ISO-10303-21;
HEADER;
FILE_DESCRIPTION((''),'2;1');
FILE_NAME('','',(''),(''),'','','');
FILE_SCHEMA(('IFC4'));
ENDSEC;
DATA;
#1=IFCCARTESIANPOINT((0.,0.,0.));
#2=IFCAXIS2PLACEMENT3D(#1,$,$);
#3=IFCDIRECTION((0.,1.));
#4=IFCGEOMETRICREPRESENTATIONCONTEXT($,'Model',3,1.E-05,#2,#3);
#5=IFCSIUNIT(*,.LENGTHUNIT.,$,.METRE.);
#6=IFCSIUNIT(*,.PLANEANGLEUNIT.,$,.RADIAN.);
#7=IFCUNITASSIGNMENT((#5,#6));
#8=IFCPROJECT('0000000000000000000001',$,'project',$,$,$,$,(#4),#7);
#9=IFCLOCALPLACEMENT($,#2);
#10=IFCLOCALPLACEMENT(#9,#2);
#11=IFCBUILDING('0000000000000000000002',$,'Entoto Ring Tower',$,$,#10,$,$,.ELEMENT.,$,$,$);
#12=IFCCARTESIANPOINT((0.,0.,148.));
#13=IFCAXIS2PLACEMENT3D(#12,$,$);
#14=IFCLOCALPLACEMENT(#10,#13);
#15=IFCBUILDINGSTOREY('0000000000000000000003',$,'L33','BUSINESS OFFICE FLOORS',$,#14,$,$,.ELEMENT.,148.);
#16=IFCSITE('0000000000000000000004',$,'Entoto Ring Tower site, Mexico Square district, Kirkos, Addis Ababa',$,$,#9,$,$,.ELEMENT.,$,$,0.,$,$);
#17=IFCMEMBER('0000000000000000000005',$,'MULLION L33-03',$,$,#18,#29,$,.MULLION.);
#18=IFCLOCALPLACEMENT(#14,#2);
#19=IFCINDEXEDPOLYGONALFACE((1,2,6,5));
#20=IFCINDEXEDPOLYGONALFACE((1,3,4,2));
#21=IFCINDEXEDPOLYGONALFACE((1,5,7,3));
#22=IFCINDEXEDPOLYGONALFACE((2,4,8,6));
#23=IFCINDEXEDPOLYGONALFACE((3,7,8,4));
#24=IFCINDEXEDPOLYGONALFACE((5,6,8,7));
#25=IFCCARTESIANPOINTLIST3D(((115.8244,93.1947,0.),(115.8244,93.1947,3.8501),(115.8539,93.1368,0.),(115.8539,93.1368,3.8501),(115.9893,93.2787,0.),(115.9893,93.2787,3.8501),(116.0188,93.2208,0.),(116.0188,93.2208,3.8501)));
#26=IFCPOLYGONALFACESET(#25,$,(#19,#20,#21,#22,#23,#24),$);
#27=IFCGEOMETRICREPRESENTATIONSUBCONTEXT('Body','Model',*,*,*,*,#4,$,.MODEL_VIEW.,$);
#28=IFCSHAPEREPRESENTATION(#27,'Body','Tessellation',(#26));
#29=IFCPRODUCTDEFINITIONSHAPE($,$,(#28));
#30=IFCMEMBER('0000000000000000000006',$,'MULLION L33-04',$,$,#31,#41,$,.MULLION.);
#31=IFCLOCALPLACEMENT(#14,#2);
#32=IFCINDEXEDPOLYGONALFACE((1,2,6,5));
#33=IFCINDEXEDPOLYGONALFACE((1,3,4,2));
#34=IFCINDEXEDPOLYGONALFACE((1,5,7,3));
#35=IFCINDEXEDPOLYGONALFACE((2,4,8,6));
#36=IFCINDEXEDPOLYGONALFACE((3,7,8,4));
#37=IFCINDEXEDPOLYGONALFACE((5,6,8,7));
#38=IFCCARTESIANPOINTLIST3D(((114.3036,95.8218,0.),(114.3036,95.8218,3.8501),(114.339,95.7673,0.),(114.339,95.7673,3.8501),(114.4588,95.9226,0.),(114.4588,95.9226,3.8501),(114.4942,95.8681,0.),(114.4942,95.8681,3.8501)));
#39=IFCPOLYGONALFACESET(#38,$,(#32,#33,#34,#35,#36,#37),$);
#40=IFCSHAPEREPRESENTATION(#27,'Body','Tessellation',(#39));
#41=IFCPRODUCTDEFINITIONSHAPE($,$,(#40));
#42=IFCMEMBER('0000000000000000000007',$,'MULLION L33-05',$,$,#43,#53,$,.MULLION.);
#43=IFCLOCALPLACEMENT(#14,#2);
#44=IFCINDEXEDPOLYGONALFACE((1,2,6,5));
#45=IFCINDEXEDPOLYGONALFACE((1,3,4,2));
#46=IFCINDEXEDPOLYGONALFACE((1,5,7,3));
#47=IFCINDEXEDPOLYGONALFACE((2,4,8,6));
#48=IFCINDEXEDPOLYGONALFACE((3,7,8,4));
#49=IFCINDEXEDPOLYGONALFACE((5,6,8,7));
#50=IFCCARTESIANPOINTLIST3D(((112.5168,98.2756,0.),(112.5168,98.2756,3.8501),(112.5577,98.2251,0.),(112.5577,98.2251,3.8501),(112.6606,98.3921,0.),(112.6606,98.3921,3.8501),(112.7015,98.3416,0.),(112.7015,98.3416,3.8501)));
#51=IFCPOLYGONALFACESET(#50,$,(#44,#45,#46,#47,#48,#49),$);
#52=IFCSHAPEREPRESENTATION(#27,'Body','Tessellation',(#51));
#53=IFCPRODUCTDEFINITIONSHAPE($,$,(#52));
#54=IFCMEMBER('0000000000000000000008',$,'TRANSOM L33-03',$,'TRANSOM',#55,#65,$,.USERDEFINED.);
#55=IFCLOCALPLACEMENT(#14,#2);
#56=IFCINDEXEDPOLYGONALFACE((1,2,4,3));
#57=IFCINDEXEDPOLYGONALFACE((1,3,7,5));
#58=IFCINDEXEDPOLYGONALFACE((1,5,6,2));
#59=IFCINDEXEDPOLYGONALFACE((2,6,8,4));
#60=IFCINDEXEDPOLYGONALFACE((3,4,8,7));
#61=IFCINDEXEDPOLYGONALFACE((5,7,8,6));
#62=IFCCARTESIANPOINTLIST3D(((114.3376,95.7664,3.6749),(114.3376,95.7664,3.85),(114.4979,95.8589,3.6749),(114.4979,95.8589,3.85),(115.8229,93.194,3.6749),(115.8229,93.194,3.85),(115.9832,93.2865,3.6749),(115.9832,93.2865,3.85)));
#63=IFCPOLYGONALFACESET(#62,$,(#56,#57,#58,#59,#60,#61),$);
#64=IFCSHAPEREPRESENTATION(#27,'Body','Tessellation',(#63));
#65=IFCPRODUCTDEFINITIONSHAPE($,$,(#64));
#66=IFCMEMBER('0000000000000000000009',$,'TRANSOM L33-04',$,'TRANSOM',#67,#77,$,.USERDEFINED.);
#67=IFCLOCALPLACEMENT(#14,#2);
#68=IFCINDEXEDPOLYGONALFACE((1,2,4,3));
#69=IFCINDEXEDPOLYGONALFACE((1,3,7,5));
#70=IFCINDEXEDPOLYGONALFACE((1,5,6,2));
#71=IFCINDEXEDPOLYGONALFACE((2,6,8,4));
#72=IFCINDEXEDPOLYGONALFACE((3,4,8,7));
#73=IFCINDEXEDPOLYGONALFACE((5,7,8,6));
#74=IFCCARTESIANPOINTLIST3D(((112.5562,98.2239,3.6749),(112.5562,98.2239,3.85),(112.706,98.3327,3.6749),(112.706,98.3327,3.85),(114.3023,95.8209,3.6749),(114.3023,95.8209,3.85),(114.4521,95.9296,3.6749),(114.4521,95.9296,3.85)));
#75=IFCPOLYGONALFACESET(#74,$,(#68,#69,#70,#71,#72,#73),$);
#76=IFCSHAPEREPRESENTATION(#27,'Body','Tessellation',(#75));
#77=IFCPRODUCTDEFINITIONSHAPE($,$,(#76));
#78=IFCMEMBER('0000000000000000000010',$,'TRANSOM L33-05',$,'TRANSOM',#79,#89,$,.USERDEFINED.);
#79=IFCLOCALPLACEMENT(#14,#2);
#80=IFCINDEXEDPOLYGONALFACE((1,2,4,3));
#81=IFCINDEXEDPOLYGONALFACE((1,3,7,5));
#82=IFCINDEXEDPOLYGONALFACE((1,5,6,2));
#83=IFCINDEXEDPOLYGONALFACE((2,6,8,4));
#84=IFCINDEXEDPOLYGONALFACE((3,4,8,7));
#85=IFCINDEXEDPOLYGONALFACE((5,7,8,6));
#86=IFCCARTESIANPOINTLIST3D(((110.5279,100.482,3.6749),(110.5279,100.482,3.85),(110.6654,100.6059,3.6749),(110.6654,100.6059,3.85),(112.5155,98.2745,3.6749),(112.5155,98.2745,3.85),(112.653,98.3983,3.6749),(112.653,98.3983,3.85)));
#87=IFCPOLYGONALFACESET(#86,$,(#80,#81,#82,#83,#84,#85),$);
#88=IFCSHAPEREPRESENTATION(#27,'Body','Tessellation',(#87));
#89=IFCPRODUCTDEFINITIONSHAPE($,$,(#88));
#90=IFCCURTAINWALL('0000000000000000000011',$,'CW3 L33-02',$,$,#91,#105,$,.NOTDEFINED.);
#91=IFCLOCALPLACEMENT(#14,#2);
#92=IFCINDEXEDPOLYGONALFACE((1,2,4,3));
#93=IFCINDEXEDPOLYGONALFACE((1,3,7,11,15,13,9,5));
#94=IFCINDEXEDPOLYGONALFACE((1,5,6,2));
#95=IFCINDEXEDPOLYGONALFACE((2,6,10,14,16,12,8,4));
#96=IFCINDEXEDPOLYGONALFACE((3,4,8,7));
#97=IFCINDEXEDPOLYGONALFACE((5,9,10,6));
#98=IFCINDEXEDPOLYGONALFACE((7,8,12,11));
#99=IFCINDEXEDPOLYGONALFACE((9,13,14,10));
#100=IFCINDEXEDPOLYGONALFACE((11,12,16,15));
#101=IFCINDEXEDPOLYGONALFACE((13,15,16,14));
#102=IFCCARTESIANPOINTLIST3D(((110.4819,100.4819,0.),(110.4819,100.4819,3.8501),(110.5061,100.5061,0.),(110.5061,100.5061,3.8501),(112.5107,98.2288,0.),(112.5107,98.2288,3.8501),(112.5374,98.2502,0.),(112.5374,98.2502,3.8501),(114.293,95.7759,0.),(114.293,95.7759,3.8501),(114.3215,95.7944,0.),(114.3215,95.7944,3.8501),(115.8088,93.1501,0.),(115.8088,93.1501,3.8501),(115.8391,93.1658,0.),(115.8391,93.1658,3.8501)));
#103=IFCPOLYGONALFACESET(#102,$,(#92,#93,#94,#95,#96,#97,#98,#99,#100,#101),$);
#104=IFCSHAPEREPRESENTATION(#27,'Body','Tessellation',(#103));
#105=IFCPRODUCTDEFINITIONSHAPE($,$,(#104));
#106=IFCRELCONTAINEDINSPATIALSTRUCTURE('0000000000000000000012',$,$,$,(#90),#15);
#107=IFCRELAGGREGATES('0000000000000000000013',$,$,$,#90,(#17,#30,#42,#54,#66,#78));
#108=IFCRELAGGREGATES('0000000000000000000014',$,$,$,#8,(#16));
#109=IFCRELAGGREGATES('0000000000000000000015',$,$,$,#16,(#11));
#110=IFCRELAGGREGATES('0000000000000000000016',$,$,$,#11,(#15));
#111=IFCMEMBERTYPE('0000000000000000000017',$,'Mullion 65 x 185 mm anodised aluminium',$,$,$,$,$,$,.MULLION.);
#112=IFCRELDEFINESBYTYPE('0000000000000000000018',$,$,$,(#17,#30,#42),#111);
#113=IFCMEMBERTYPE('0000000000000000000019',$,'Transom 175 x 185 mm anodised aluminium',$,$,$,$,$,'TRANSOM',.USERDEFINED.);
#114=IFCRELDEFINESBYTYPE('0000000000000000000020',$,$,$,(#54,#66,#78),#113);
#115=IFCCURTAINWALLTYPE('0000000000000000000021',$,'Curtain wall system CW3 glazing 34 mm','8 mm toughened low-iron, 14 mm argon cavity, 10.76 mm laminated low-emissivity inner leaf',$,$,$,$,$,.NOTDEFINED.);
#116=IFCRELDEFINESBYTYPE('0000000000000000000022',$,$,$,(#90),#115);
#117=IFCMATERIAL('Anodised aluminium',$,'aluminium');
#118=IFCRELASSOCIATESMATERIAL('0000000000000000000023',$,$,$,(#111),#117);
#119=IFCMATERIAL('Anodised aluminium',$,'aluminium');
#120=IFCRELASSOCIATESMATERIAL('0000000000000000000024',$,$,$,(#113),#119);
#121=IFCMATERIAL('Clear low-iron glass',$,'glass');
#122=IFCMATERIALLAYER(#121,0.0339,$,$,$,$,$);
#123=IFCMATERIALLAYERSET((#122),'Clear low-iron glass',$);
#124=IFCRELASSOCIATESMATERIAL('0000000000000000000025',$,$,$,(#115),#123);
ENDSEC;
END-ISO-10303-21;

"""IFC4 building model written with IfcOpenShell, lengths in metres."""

from ifc_helpers import new_model, si_unit, direction, frame, origin, origin_2d, place, context, subcontext, project, spatial, polyline, rectangle, outline, extrude, material, layer, layer_set, material_profile, profile_set, type_object, element, aggregate, save


model = new_model("IFC4")

# Units and contexts
model_context = context("Model", 3, precision=1e-05, world=origin(), true_north=direction((0.0, 1.0)))
body_context = subcontext(model_context, "Body", "Model", "MODEL_VIEW")
ifc_project = project(units=[si_unit("LENGTHUNIT", "METRE"), si_unit("PLANEANGLEUNIT", "RADIAN")], contexts=[model_context])

# Members
ifc_material_1 = material(Name="Anodised aluminium", Category="aluminium")
ifc_material_profile_1 = material_profile(ifc_material_1, rectangle(XDim=0.0649, YDim=0.1851, at=origin_2d()), Name="Mullion 65 x 185 mm anodised aluminium")
ifc_profile_set_1 = profile_set([ifc_material_profile_1], Name="Anodised aluminium")
member_type_1 = type_object("IfcMemberType", Name="Mullion 65 x 185 mm anodised aluminium", PredefinedType="MULLION", material=ifc_profile_set_1)
site_placement = place(None, origin())
building_placement = place(site_placement, origin())
storey_placement = place(building_placement, frame((0.0, 0.0, 148.0)))
member_1_placement = place(storey_placement, frame((115.9216, 93.2078, 0.0), z_axis=(0.0, 0.0, 1.0), x_axis=(-0.45399, 0.891007, 0.0)))
member_1 = element("IfcMember", 1, at=member_1_placement, type_object=member_type_1, Name="MULLION L33-03", PredefinedType="MULLION", context=body_context, shape_type="SweptSolid", body=[
    extrude(rectangle(XDim=0.0649, YDim=0.1851, at=origin_2d()), origin(), (0.0, 0.0, 1.0), 3.8501),
])
member_2_placement = place(storey_placement, frame((114.3989, 95.845, 0.0), z_axis=(0.0, 0.0, 1.0), x_axis=(-0.544639, 0.838671, 0.0)))
member_2 = element("IfcMember", 2, at=member_2_placement, type_object=member_type_1, Name="MULLION L33-04", PredefinedType="MULLION", context=body_context, shape_type="SweptSolid", body=[
    extrude(rectangle(XDim=0.0649, YDim=0.1851, at=origin_2d()), origin(), (0.0, 0.0, 1.0), 3.8501),
])
member_3_placement = place(storey_placement, frame((112.6091, 98.3086, 0.0), z_axis=(0.0, 0.0, 1.0), x_axis=(-0.62932, 0.777146, 0.0)))
member_3 = element("IfcMember", 3, at=member_3_placement, type_object=member_type_1, Name="MULLION L33-05", PredefinedType="MULLION", context=body_context, shape_type="SweptSolid", body=[
    extrude(rectangle(XDim=0.0649, YDim=0.1851, at=origin_2d()), origin(), (0.0, 0.0, 1.0), 3.8501),
])
ifc_material_2 = material(Name="Anodised aluminium", Category="aluminium")
ifc_material_profile_2 = material_profile(ifc_material_2, rectangle(XDim=0.1851, YDim=0.175, at=origin_2d()), Name="Transom 175 x 185 mm anodised aluminium")
ifc_profile_set_2 = profile_set([ifc_material_profile_2], Name="Anodised aluminium")
member_type_2 = type_object("IfcMemberType", Name="Transom 175 x 185 mm anodised aluminium", ElementType="TRANSOM", PredefinedType="USERDEFINED", material=ifc_profile_set_2)
member_4_placement = place(storey_placement, frame((115.9031, 93.2402, 3.7625), z_axis=(-0.500028, 0.866009, 0.0), x_axis=(-0.866009, -0.500028, 0.0)))
member_4 = element("IfcMember", 4, at=member_4_placement, type_object=member_type_2, Name="TRANSOM L33-03", ObjectType="TRANSOM", PredefinedType="USERDEFINED", context=body_context, shape_type="SweptSolid", body=[
    extrude(rectangle(XDim=0.1851, YDim=0.175, at=origin_2d()), origin(), (0.0, 0.0, 1.0), 2.9705),
])
member_5_placement = place(storey_placement, frame((114.3772, 95.8752, 3.7625), z_axis=(-0.58782, 0.808992, 0.0), x_axis=(-0.808992, -0.58782, 0.0)))
member_5 = element("IfcMember", 5, at=member_5_placement, type_object=member_type_2, Name="TRANSOM L33-04", ObjectType="TRANSOM", PredefinedType="USERDEFINED", context=body_context, shape_type="SweptSolid", body=[
    extrude(rectangle(XDim=0.1851, YDim=0.175, at=origin_2d()), origin(), (0.0, 0.0, 1.0), 2.9705),
])
member_6_placement = place(storey_placement, frame((112.5842, 98.3364, 3.7625), z_axis=(-0.66911, 0.743163, 0.0), x_axis=(-0.743163, -0.66911, 0.0)))
member_6 = element("IfcMember", 6, at=member_6_placement, type_object=member_type_2, Name="TRANSOM L33-05", ObjectType="TRANSOM", PredefinedType="USERDEFINED", context=body_context, shape_type="SweptSolid", body=[
    extrude(rectangle(XDim=0.1851, YDim=0.175, at=origin_2d()), origin(), (0.0, 0.0, 1.0), 2.9705),
])

# Site, building, storey
site = spatial("IfcSite", under=ifc_project, at=site_placement, Name="Entoto Ring Tower site, Mexico Square district, Kirkos, Addis Ababa", CompositionType="ELEMENT", RefElevation=0.0)
building = spatial("IfcBuilding", under=site, at=building_placement, Name="Entoto Ring Tower", CompositionType="ELEMENT")
storey = spatial("IfcBuildingStorey", under=building, at=storey_placement, Name="L33", Description="BUSINESS OFFICE FLOORS", CompositionType="ELEMENT", Elevation=148.0)

# Curtain wall
ifc_material_3 = material(Name="Clear low-iron glass", Category="glass")
ifc_layer_1 = layer(ifc_material_3, 0.0339)
ifc_layer_set_1 = layer_set([ifc_layer_1], Name="Clear low-iron glass")
curtain_wall_type = type_object("IfcCurtainWallType", Name="Curtain wall system CW3 glazing 34 mm", Description="8 mm toughened low-iron, 14 mm argon cavity, 10.76 mm laminated low-emissivity inner leaf", PredefinedType="NOTDEFINED", material=ifc_layer_set_1)
curtain_wall_1_placement = place(storey_placement, origin())
curtain_wall_1 = element("IfcCurtainWall", 7, at=curtain_wall_1_placement, inside=storey, type_object=curtain_wall_type, Name="CW3 L33-02", PredefinedType="NOTDEFINED", context=body_context, shape_type="SweptSolid", body=[
    extrude(outline(polyline([(115.8391, 93.1658), (114.3215, 95.7944), (112.5374, 98.2502), (110.5061, 100.5061), (110.4819, 100.4819), (112.5107, 98.2288), (114.293, 95.7759), (115.8088, 93.1501), (115.8391, 93.1658)])), origin(), (0.0, 0.0, 1.0), 3.8501),
])
aggregate(curtain_wall_1, [member_1, member_2, member_3, member_4, member_5, member_6])

save(model, "model.ifc")
